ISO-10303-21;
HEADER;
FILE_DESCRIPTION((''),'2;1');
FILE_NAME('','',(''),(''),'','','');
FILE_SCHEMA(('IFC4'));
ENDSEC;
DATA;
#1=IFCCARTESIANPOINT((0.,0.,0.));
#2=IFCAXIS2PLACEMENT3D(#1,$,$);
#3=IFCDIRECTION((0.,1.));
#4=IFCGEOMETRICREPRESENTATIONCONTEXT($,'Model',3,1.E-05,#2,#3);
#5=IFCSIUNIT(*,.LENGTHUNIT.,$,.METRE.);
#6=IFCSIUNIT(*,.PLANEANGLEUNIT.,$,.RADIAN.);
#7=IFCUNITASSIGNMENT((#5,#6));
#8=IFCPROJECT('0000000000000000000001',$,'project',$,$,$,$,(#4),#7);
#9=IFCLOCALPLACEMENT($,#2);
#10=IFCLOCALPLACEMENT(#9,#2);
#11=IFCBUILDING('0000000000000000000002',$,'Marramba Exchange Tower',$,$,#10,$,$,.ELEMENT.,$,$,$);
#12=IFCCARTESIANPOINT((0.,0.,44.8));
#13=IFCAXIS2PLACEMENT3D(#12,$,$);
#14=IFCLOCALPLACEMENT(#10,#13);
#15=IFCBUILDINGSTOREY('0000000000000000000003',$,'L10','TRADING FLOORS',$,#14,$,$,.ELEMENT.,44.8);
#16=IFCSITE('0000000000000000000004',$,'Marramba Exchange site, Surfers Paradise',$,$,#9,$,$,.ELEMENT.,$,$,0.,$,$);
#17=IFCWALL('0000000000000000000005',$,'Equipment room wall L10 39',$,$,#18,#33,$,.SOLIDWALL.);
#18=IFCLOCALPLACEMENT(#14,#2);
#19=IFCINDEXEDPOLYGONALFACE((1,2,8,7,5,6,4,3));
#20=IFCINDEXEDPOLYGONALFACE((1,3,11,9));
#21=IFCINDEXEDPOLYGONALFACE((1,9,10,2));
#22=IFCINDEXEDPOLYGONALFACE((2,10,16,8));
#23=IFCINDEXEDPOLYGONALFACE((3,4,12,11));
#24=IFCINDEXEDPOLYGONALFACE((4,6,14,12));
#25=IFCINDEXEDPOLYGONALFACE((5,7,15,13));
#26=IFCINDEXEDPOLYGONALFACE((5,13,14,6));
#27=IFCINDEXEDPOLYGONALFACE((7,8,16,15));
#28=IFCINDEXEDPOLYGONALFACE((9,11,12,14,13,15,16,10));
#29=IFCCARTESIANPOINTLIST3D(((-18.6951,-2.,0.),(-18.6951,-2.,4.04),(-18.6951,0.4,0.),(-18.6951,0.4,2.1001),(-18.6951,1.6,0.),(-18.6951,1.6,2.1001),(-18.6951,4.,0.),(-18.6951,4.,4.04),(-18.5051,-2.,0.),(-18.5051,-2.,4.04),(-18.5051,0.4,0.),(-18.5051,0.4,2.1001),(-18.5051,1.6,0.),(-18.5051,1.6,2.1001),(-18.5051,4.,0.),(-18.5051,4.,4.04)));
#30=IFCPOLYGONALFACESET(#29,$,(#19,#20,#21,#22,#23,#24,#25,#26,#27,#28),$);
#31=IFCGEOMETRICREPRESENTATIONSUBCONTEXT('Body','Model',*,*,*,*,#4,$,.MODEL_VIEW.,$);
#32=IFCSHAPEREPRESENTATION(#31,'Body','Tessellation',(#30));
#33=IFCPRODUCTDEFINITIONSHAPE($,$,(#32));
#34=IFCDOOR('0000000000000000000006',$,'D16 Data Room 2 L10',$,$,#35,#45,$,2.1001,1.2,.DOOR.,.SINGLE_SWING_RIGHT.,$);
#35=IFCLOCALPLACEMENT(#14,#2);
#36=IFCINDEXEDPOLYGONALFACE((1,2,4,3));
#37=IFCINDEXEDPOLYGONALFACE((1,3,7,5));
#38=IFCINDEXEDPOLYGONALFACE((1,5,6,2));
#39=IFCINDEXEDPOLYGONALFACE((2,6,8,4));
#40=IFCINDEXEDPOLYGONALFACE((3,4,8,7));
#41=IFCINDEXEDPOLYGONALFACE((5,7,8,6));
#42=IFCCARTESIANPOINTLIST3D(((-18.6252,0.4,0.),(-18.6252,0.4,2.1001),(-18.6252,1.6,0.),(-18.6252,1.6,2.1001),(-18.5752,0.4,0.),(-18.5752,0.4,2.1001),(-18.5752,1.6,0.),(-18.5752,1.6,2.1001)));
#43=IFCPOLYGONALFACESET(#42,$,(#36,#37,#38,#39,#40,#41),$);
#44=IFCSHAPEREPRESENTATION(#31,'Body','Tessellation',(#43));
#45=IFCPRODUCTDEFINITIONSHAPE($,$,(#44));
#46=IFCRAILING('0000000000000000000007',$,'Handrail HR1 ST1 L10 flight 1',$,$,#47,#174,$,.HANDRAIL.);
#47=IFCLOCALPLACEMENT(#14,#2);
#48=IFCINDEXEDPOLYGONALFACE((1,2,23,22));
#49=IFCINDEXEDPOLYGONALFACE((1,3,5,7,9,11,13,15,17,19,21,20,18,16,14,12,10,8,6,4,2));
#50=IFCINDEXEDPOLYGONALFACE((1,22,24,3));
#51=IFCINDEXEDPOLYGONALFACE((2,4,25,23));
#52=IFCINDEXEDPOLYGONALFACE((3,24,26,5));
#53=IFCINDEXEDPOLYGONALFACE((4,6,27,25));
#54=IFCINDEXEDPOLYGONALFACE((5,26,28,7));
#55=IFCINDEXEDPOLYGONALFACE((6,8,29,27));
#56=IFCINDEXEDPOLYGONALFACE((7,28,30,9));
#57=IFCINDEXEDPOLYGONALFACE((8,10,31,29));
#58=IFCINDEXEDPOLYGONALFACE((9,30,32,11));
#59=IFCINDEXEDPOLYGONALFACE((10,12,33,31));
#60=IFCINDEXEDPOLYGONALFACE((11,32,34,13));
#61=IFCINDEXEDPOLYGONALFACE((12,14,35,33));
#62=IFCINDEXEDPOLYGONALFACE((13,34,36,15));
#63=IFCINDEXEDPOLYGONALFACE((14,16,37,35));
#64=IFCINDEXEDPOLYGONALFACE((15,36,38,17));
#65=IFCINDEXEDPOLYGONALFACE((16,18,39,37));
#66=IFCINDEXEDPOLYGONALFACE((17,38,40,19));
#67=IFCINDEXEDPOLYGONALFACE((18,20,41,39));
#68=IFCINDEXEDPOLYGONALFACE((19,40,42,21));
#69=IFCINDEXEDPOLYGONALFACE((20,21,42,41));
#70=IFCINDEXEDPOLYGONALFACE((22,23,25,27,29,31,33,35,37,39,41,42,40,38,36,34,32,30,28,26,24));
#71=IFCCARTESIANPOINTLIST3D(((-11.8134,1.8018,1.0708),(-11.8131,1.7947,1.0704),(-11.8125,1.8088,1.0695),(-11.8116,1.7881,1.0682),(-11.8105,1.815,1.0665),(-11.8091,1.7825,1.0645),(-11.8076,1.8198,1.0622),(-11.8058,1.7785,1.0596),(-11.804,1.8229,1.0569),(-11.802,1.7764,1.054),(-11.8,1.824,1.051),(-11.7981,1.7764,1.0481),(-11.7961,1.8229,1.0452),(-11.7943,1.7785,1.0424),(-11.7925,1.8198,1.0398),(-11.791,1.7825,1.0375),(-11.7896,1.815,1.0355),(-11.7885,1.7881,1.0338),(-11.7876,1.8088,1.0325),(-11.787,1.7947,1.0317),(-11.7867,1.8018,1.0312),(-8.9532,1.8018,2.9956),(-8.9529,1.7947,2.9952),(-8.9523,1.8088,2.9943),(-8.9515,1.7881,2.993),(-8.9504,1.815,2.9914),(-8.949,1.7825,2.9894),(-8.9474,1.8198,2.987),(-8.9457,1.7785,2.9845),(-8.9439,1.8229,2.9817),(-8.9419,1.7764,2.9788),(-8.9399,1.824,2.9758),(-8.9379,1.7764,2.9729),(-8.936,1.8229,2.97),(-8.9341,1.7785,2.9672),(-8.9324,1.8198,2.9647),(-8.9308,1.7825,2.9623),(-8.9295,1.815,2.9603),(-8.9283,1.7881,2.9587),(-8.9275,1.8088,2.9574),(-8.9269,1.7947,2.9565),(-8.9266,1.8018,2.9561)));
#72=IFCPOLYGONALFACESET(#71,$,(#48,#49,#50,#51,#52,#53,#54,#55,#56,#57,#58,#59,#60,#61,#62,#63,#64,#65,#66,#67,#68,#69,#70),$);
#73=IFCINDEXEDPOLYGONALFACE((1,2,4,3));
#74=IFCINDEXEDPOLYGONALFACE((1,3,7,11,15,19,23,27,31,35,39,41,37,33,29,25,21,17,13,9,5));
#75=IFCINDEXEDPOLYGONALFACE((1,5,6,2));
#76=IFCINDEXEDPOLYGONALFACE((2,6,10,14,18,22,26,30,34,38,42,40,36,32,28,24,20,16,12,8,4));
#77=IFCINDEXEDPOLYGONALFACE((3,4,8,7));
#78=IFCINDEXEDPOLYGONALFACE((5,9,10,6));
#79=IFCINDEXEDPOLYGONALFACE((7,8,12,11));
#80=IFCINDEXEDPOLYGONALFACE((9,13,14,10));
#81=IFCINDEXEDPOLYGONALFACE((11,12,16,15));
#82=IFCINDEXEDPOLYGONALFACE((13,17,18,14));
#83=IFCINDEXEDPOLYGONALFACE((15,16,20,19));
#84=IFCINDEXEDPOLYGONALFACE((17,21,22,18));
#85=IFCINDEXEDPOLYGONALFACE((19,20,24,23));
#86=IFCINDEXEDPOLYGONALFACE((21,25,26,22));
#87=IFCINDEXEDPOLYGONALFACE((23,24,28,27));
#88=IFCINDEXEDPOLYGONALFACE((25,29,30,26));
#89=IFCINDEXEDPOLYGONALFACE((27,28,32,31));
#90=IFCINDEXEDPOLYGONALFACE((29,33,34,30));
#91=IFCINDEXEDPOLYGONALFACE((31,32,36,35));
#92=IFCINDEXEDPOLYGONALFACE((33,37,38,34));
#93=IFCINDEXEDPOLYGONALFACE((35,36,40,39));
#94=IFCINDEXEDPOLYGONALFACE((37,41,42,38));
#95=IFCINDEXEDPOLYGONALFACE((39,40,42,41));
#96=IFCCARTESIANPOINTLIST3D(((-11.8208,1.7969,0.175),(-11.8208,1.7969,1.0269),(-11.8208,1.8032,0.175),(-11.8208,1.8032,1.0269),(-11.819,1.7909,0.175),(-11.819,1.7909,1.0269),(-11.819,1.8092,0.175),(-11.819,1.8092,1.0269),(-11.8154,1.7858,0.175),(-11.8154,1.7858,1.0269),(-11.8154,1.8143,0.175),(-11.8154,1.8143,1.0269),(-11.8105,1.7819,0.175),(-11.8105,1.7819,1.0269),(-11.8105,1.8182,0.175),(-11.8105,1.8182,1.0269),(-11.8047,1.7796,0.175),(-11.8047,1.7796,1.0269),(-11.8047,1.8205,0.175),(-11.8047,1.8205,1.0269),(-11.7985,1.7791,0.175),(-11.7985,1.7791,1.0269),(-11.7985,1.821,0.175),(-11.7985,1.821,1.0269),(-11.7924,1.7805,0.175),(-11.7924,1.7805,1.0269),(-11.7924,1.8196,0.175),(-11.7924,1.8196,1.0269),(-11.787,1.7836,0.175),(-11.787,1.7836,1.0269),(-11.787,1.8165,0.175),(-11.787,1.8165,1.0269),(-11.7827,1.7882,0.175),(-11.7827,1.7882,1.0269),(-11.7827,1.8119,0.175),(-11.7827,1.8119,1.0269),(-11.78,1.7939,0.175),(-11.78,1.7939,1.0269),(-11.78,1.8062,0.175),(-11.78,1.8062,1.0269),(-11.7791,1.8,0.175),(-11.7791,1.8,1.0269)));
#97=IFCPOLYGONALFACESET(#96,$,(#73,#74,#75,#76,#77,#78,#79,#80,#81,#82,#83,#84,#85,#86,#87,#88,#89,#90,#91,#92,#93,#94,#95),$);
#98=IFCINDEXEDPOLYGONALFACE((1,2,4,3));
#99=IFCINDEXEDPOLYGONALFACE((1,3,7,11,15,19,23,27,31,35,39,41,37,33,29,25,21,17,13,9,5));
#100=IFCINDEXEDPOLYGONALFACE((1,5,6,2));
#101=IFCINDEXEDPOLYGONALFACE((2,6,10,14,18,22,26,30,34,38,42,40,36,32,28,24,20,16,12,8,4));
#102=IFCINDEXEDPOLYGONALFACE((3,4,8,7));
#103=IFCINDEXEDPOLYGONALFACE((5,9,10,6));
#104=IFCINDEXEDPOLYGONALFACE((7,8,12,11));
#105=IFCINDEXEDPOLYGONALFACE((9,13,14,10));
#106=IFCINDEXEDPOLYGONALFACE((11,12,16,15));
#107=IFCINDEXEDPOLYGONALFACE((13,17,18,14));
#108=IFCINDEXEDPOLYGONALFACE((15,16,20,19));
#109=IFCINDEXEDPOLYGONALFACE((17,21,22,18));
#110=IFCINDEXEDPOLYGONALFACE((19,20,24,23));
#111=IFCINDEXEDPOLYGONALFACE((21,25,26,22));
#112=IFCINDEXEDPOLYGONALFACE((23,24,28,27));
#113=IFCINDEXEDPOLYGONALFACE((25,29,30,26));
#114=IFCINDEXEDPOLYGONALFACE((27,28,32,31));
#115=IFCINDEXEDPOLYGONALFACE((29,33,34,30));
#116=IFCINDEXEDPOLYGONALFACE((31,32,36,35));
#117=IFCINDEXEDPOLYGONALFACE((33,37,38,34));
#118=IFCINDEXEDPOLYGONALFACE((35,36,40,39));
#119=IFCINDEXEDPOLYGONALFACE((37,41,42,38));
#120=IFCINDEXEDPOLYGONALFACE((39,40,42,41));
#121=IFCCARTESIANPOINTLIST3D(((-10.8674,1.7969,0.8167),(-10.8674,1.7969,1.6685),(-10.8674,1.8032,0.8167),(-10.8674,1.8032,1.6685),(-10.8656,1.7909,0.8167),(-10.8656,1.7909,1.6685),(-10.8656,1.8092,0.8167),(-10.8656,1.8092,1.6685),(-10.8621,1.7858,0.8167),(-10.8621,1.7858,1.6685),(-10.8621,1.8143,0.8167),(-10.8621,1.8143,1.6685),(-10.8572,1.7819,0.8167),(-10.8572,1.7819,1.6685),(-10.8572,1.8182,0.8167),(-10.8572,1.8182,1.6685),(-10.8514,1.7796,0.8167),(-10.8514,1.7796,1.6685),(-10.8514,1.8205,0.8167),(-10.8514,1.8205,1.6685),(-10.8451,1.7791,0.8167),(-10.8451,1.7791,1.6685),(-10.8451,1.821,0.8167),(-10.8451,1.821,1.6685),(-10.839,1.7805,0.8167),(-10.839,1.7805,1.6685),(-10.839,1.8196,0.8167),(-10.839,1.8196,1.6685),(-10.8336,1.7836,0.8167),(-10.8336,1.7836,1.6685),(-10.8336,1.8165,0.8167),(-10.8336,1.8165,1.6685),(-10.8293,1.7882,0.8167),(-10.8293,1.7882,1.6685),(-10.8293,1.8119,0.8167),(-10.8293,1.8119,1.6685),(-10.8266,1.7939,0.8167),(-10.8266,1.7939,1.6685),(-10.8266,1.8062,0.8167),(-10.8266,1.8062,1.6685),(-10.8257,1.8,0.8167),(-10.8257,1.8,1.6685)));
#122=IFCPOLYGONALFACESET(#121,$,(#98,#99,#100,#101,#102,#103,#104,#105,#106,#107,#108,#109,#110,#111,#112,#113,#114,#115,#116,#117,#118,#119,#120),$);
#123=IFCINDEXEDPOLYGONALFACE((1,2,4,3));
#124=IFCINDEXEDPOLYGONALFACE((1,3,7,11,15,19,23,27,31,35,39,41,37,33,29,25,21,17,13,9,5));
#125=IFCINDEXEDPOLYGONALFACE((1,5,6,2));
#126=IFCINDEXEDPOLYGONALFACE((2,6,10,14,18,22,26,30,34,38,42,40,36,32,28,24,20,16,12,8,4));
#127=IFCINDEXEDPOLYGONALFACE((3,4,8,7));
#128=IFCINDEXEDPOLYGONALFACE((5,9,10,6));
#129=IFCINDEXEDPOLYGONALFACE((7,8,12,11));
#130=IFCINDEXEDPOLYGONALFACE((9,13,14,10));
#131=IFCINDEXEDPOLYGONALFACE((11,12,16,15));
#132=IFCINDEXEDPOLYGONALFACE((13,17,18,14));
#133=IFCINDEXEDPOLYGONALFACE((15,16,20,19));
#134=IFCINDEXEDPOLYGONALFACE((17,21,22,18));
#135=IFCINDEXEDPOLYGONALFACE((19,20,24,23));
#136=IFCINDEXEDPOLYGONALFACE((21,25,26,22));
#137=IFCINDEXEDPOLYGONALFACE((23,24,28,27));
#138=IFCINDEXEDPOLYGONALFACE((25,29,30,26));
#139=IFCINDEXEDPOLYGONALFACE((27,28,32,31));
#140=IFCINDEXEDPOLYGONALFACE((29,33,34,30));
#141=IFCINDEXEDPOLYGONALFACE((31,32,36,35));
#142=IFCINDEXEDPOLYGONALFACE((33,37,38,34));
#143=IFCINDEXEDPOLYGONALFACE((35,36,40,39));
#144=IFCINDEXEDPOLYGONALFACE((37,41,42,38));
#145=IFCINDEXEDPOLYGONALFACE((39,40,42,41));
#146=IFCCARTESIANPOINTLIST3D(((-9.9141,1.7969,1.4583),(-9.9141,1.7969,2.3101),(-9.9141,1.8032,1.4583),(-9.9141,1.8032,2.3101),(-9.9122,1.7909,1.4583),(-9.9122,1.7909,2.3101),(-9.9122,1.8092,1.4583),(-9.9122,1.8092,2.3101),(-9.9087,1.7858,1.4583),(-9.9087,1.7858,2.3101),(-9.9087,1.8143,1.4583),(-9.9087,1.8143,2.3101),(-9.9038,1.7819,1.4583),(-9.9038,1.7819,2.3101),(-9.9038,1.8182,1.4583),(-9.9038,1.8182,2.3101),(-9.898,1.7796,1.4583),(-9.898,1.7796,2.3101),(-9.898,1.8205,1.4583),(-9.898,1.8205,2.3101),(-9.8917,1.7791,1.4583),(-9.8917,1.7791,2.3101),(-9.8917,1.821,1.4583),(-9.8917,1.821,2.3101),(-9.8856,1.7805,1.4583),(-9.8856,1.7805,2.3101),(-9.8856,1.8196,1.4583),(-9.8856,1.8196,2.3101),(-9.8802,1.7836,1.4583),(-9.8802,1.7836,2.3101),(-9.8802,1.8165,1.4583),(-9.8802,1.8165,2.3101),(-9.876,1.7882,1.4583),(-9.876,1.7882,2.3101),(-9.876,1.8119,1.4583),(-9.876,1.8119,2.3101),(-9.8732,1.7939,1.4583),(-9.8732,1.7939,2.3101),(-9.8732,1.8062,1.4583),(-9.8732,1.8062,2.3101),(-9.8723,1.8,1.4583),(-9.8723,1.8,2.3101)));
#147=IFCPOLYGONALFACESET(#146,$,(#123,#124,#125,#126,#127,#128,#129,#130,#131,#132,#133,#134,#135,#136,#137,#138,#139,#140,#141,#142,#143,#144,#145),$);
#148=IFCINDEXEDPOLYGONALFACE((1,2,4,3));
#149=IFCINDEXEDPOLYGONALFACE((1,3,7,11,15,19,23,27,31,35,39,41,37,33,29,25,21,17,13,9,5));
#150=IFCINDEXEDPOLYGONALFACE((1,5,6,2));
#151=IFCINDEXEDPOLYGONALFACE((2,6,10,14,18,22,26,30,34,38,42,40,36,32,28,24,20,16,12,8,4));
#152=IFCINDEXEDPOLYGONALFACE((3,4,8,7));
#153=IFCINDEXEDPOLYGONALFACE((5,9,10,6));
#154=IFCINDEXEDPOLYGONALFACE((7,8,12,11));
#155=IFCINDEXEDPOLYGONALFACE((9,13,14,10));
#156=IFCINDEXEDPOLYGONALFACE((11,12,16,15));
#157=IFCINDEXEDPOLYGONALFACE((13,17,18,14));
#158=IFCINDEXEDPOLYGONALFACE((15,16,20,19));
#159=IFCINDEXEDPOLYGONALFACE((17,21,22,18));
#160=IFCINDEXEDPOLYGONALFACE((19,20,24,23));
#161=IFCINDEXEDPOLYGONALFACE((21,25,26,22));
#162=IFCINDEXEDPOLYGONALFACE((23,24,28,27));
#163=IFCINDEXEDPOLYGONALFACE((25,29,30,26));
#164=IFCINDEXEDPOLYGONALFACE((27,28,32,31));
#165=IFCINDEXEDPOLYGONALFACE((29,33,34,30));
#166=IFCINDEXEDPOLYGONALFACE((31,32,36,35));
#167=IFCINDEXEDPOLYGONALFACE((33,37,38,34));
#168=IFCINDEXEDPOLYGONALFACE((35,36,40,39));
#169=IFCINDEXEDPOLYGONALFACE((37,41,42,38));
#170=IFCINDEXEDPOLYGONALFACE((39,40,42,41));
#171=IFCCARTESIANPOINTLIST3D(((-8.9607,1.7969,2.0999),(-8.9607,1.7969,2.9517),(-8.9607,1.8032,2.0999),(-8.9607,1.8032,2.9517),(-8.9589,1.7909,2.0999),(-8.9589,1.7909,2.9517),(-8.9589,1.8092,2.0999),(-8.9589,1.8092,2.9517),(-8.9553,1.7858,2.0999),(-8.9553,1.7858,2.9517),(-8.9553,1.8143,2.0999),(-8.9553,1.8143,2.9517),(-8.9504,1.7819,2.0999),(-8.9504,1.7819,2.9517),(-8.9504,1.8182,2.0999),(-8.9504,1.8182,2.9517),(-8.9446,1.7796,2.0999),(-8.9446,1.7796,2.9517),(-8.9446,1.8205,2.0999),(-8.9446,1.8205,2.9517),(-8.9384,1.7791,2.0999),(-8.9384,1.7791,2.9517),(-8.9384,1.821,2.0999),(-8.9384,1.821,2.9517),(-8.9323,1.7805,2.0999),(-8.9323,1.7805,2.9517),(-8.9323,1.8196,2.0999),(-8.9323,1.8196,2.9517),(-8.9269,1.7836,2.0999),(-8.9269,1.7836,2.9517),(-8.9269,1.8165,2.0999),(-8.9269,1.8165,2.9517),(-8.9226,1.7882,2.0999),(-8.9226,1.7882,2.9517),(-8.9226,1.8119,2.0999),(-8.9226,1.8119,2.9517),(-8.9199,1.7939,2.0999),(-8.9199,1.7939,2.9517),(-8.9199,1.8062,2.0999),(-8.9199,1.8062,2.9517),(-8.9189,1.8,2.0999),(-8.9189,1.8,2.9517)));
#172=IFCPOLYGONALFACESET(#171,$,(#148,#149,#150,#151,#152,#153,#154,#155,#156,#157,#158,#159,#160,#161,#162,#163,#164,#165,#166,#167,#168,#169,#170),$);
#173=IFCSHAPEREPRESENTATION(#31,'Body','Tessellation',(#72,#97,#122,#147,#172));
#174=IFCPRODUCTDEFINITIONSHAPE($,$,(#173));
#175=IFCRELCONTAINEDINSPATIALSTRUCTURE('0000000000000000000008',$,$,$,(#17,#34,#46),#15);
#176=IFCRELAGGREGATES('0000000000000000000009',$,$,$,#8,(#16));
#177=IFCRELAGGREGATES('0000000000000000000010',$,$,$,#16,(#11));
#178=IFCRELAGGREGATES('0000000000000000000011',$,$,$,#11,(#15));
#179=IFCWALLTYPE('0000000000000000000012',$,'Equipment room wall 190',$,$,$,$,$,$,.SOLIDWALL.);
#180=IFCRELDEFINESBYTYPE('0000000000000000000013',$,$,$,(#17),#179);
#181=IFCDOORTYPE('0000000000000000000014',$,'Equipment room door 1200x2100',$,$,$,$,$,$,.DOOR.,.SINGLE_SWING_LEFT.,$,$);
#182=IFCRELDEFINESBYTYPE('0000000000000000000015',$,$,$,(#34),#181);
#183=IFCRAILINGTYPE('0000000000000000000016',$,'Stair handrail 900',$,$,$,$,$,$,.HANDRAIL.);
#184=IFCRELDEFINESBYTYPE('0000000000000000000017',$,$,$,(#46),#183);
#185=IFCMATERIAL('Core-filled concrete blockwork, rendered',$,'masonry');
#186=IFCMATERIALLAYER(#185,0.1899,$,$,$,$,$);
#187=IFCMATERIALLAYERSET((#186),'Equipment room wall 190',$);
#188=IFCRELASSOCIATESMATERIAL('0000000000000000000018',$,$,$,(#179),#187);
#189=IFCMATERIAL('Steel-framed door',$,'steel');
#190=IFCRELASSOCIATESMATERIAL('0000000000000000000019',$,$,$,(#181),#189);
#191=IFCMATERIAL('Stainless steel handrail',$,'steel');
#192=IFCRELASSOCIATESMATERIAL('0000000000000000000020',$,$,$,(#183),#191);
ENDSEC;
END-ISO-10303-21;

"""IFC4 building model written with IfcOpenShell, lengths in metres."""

from ifc_helpers import new_model, si_unit, direction, frame, frame_2d, origin, origin_2d, place, context, subcontext, project, spatial, rectangle, circle, extrude, material, layer, layer_set, type_object, element, fill, save


model = new_model("IFC4")

# Units and contexts
model_context = context("Model", 3, precision=1e-05, world=origin(), true_north=direction((0.0, 1.0)))
body_context = subcontext(model_context, "Body", "Model", "MODEL_VIEW")
ifc_project = project(units=[si_unit("LENGTHUNIT", "METRE"), si_unit("PLANEANGLEUNIT", "RADIAN")], contexts=[model_context])

# Site, building, storey
site_placement = place(None, origin())
site = spatial("IfcSite", under=ifc_project, at=site_placement, Name="Marramba Exchange site, Surfers Paradise", CompositionType="ELEMENT", RefElevation=0.0)
building_placement = place(site_placement, origin())
building = spatial("IfcBuilding", under=site, at=building_placement, Name="Marramba Exchange Tower", CompositionType="ELEMENT")
storey_placement = place(building_placement, frame((0.0, 0.0, 44.8)))
storey = spatial("IfcBuildingStorey", under=building, at=storey_placement, Name="L10", Description="TRADING FLOORS", CompositionType="ELEMENT", Elevation=44.8)

# Shared definitions
ifc_material_1 = material(Name="Steel-framed door", Category="steel")

# Shared definitions
ifc_material_2 = material(Name="Core-filled concrete blockwork, rendered", Category="masonry")
ifc_layer_1 = layer(ifc_material_2, 0.1899)
ifc_layer_set_1 = layer_set([ifc_layer_1], Name="Equipment room wall 190")
wall_type_1 = type_object("IfcWallType", Name="Equipment room wall 190", PredefinedType="SOLIDWALL", material=ifc_layer_set_1)

# Wall, opening, door
wall_1_placement = place(storey_placement, frame((-18.6001, 4.0, 0.0), z_axis=(0.0, 0.0, 1.0), x_axis=(0.0, -1.0, 0.0)))
wall_1 = element("IfcWall", 1, at=wall_1_placement, inside=storey, type_object=wall_type_1, Name="Equipment room wall L10 39", PredefinedType="SOLIDWALL", context=body_context, shape_type="SweptSolid", body=[
    extrude(rectangle(XDim=6.0, YDim=0.1899, at=frame_2d((3.0, 0.0))), origin(), (0.0, 0.0, 1.0), 4.04),
])
opening_1_placement = place(wall_1_placement, frame((2.3999, 0.0, 0.0)))
opening_1 = element("IfcOpeningElement", 2, at=opening_1_placement, cuts=wall_1, PredefinedType="OPENING", context=body_context, shape_type="SweptSolid", body=[
    extrude(rectangle(XDim=1.2, YDim=2.1001, at=frame_2d((0.6001, 1.05))), frame((0.0, 0.105, 0.0), z_axis=(0.0, -1.0, 0.0), x_axis=(1.0, 0.0, 0.0)), (0.0, 0.0, 1.0), 0.21),
])
door_type_1 = type_object("IfcDoorType", Name="Equipment room door 1200x2100", OperationType="SINGLE_SWING_LEFT", PredefinedType="DOOR", material=ifc_material_1)
door_1_placement = place(opening_1_placement, origin())
door_1 = element("IfcDoor", 3, at=door_1_placement, inside=storey, type_object=door_type_1, Name="D16 Data Room 2 L10", OperationType="SINGLE_SWING_RIGHT", OverallHeight=2.1001, OverallWidth=1.2, PredefinedType="DOOR", context=body_context, shape_type="SweptSolid", body=[
    extrude(rectangle(XDim=1.2, YDim=2.1001, at=frame_2d((0.6001, 1.05))), frame((0.0, 0.0249, 0.0), z_axis=(0.0, -1.0, 0.0), x_axis=(1.0, 0.0, 0.0)), (0.0, 0.0, 1.0), 0.05),
])
fill(opening_1, door_1)

# Railing
ifc_material_3 = material(Name="Stainless steel handrail", Category="steel")
railing_type = type_object("IfcRailingType", Name="Stair handrail 900", PredefinedType="HANDRAIL", material=ifc_material_3)
railing_placement = place(storey_placement, frame((-11.8, 1.8, 0.175)))
element("IfcRailing", 4, at=railing_placement, inside=storey, type_object=railing_type, Name="Handrail HR1 ST1 L10 flight 1", PredefinedType="HANDRAIL", context=body_context, shape_type="SweptSolid", body=[
    extrude(circle(Radius=0.0239, at=origin_2d()), frame((0.0, 0.0, 0.876), z_axis=(0.829624, 0.0, 0.558323), x_axis=(0.0, 1.0, 0.0)), (0.0, 0.0, 1.0), 3.4475),
    extrude(circle(Radius=0.021, at=origin_2d()), origin(), (0.0, 0.0, 1.0), 0.8518),
    extrude(circle(Radius=0.021, at=origin_2d()), frame((0.9534, 0.0, 0.6416)), (0.0, 0.0, 1.0), 0.8518),
    extrude(circle(Radius=0.021, at=origin_2d()), frame((1.9067, 0.0, 1.2832)), (0.0, 0.0, 1.0), 0.8518),
    extrude(circle(Radius=0.021, at=origin_2d()), frame((2.8601, 0.0, 1.9248)), (0.0, 0.0, 1.0), 0.8518),
])

save(model, "model.ifc")
